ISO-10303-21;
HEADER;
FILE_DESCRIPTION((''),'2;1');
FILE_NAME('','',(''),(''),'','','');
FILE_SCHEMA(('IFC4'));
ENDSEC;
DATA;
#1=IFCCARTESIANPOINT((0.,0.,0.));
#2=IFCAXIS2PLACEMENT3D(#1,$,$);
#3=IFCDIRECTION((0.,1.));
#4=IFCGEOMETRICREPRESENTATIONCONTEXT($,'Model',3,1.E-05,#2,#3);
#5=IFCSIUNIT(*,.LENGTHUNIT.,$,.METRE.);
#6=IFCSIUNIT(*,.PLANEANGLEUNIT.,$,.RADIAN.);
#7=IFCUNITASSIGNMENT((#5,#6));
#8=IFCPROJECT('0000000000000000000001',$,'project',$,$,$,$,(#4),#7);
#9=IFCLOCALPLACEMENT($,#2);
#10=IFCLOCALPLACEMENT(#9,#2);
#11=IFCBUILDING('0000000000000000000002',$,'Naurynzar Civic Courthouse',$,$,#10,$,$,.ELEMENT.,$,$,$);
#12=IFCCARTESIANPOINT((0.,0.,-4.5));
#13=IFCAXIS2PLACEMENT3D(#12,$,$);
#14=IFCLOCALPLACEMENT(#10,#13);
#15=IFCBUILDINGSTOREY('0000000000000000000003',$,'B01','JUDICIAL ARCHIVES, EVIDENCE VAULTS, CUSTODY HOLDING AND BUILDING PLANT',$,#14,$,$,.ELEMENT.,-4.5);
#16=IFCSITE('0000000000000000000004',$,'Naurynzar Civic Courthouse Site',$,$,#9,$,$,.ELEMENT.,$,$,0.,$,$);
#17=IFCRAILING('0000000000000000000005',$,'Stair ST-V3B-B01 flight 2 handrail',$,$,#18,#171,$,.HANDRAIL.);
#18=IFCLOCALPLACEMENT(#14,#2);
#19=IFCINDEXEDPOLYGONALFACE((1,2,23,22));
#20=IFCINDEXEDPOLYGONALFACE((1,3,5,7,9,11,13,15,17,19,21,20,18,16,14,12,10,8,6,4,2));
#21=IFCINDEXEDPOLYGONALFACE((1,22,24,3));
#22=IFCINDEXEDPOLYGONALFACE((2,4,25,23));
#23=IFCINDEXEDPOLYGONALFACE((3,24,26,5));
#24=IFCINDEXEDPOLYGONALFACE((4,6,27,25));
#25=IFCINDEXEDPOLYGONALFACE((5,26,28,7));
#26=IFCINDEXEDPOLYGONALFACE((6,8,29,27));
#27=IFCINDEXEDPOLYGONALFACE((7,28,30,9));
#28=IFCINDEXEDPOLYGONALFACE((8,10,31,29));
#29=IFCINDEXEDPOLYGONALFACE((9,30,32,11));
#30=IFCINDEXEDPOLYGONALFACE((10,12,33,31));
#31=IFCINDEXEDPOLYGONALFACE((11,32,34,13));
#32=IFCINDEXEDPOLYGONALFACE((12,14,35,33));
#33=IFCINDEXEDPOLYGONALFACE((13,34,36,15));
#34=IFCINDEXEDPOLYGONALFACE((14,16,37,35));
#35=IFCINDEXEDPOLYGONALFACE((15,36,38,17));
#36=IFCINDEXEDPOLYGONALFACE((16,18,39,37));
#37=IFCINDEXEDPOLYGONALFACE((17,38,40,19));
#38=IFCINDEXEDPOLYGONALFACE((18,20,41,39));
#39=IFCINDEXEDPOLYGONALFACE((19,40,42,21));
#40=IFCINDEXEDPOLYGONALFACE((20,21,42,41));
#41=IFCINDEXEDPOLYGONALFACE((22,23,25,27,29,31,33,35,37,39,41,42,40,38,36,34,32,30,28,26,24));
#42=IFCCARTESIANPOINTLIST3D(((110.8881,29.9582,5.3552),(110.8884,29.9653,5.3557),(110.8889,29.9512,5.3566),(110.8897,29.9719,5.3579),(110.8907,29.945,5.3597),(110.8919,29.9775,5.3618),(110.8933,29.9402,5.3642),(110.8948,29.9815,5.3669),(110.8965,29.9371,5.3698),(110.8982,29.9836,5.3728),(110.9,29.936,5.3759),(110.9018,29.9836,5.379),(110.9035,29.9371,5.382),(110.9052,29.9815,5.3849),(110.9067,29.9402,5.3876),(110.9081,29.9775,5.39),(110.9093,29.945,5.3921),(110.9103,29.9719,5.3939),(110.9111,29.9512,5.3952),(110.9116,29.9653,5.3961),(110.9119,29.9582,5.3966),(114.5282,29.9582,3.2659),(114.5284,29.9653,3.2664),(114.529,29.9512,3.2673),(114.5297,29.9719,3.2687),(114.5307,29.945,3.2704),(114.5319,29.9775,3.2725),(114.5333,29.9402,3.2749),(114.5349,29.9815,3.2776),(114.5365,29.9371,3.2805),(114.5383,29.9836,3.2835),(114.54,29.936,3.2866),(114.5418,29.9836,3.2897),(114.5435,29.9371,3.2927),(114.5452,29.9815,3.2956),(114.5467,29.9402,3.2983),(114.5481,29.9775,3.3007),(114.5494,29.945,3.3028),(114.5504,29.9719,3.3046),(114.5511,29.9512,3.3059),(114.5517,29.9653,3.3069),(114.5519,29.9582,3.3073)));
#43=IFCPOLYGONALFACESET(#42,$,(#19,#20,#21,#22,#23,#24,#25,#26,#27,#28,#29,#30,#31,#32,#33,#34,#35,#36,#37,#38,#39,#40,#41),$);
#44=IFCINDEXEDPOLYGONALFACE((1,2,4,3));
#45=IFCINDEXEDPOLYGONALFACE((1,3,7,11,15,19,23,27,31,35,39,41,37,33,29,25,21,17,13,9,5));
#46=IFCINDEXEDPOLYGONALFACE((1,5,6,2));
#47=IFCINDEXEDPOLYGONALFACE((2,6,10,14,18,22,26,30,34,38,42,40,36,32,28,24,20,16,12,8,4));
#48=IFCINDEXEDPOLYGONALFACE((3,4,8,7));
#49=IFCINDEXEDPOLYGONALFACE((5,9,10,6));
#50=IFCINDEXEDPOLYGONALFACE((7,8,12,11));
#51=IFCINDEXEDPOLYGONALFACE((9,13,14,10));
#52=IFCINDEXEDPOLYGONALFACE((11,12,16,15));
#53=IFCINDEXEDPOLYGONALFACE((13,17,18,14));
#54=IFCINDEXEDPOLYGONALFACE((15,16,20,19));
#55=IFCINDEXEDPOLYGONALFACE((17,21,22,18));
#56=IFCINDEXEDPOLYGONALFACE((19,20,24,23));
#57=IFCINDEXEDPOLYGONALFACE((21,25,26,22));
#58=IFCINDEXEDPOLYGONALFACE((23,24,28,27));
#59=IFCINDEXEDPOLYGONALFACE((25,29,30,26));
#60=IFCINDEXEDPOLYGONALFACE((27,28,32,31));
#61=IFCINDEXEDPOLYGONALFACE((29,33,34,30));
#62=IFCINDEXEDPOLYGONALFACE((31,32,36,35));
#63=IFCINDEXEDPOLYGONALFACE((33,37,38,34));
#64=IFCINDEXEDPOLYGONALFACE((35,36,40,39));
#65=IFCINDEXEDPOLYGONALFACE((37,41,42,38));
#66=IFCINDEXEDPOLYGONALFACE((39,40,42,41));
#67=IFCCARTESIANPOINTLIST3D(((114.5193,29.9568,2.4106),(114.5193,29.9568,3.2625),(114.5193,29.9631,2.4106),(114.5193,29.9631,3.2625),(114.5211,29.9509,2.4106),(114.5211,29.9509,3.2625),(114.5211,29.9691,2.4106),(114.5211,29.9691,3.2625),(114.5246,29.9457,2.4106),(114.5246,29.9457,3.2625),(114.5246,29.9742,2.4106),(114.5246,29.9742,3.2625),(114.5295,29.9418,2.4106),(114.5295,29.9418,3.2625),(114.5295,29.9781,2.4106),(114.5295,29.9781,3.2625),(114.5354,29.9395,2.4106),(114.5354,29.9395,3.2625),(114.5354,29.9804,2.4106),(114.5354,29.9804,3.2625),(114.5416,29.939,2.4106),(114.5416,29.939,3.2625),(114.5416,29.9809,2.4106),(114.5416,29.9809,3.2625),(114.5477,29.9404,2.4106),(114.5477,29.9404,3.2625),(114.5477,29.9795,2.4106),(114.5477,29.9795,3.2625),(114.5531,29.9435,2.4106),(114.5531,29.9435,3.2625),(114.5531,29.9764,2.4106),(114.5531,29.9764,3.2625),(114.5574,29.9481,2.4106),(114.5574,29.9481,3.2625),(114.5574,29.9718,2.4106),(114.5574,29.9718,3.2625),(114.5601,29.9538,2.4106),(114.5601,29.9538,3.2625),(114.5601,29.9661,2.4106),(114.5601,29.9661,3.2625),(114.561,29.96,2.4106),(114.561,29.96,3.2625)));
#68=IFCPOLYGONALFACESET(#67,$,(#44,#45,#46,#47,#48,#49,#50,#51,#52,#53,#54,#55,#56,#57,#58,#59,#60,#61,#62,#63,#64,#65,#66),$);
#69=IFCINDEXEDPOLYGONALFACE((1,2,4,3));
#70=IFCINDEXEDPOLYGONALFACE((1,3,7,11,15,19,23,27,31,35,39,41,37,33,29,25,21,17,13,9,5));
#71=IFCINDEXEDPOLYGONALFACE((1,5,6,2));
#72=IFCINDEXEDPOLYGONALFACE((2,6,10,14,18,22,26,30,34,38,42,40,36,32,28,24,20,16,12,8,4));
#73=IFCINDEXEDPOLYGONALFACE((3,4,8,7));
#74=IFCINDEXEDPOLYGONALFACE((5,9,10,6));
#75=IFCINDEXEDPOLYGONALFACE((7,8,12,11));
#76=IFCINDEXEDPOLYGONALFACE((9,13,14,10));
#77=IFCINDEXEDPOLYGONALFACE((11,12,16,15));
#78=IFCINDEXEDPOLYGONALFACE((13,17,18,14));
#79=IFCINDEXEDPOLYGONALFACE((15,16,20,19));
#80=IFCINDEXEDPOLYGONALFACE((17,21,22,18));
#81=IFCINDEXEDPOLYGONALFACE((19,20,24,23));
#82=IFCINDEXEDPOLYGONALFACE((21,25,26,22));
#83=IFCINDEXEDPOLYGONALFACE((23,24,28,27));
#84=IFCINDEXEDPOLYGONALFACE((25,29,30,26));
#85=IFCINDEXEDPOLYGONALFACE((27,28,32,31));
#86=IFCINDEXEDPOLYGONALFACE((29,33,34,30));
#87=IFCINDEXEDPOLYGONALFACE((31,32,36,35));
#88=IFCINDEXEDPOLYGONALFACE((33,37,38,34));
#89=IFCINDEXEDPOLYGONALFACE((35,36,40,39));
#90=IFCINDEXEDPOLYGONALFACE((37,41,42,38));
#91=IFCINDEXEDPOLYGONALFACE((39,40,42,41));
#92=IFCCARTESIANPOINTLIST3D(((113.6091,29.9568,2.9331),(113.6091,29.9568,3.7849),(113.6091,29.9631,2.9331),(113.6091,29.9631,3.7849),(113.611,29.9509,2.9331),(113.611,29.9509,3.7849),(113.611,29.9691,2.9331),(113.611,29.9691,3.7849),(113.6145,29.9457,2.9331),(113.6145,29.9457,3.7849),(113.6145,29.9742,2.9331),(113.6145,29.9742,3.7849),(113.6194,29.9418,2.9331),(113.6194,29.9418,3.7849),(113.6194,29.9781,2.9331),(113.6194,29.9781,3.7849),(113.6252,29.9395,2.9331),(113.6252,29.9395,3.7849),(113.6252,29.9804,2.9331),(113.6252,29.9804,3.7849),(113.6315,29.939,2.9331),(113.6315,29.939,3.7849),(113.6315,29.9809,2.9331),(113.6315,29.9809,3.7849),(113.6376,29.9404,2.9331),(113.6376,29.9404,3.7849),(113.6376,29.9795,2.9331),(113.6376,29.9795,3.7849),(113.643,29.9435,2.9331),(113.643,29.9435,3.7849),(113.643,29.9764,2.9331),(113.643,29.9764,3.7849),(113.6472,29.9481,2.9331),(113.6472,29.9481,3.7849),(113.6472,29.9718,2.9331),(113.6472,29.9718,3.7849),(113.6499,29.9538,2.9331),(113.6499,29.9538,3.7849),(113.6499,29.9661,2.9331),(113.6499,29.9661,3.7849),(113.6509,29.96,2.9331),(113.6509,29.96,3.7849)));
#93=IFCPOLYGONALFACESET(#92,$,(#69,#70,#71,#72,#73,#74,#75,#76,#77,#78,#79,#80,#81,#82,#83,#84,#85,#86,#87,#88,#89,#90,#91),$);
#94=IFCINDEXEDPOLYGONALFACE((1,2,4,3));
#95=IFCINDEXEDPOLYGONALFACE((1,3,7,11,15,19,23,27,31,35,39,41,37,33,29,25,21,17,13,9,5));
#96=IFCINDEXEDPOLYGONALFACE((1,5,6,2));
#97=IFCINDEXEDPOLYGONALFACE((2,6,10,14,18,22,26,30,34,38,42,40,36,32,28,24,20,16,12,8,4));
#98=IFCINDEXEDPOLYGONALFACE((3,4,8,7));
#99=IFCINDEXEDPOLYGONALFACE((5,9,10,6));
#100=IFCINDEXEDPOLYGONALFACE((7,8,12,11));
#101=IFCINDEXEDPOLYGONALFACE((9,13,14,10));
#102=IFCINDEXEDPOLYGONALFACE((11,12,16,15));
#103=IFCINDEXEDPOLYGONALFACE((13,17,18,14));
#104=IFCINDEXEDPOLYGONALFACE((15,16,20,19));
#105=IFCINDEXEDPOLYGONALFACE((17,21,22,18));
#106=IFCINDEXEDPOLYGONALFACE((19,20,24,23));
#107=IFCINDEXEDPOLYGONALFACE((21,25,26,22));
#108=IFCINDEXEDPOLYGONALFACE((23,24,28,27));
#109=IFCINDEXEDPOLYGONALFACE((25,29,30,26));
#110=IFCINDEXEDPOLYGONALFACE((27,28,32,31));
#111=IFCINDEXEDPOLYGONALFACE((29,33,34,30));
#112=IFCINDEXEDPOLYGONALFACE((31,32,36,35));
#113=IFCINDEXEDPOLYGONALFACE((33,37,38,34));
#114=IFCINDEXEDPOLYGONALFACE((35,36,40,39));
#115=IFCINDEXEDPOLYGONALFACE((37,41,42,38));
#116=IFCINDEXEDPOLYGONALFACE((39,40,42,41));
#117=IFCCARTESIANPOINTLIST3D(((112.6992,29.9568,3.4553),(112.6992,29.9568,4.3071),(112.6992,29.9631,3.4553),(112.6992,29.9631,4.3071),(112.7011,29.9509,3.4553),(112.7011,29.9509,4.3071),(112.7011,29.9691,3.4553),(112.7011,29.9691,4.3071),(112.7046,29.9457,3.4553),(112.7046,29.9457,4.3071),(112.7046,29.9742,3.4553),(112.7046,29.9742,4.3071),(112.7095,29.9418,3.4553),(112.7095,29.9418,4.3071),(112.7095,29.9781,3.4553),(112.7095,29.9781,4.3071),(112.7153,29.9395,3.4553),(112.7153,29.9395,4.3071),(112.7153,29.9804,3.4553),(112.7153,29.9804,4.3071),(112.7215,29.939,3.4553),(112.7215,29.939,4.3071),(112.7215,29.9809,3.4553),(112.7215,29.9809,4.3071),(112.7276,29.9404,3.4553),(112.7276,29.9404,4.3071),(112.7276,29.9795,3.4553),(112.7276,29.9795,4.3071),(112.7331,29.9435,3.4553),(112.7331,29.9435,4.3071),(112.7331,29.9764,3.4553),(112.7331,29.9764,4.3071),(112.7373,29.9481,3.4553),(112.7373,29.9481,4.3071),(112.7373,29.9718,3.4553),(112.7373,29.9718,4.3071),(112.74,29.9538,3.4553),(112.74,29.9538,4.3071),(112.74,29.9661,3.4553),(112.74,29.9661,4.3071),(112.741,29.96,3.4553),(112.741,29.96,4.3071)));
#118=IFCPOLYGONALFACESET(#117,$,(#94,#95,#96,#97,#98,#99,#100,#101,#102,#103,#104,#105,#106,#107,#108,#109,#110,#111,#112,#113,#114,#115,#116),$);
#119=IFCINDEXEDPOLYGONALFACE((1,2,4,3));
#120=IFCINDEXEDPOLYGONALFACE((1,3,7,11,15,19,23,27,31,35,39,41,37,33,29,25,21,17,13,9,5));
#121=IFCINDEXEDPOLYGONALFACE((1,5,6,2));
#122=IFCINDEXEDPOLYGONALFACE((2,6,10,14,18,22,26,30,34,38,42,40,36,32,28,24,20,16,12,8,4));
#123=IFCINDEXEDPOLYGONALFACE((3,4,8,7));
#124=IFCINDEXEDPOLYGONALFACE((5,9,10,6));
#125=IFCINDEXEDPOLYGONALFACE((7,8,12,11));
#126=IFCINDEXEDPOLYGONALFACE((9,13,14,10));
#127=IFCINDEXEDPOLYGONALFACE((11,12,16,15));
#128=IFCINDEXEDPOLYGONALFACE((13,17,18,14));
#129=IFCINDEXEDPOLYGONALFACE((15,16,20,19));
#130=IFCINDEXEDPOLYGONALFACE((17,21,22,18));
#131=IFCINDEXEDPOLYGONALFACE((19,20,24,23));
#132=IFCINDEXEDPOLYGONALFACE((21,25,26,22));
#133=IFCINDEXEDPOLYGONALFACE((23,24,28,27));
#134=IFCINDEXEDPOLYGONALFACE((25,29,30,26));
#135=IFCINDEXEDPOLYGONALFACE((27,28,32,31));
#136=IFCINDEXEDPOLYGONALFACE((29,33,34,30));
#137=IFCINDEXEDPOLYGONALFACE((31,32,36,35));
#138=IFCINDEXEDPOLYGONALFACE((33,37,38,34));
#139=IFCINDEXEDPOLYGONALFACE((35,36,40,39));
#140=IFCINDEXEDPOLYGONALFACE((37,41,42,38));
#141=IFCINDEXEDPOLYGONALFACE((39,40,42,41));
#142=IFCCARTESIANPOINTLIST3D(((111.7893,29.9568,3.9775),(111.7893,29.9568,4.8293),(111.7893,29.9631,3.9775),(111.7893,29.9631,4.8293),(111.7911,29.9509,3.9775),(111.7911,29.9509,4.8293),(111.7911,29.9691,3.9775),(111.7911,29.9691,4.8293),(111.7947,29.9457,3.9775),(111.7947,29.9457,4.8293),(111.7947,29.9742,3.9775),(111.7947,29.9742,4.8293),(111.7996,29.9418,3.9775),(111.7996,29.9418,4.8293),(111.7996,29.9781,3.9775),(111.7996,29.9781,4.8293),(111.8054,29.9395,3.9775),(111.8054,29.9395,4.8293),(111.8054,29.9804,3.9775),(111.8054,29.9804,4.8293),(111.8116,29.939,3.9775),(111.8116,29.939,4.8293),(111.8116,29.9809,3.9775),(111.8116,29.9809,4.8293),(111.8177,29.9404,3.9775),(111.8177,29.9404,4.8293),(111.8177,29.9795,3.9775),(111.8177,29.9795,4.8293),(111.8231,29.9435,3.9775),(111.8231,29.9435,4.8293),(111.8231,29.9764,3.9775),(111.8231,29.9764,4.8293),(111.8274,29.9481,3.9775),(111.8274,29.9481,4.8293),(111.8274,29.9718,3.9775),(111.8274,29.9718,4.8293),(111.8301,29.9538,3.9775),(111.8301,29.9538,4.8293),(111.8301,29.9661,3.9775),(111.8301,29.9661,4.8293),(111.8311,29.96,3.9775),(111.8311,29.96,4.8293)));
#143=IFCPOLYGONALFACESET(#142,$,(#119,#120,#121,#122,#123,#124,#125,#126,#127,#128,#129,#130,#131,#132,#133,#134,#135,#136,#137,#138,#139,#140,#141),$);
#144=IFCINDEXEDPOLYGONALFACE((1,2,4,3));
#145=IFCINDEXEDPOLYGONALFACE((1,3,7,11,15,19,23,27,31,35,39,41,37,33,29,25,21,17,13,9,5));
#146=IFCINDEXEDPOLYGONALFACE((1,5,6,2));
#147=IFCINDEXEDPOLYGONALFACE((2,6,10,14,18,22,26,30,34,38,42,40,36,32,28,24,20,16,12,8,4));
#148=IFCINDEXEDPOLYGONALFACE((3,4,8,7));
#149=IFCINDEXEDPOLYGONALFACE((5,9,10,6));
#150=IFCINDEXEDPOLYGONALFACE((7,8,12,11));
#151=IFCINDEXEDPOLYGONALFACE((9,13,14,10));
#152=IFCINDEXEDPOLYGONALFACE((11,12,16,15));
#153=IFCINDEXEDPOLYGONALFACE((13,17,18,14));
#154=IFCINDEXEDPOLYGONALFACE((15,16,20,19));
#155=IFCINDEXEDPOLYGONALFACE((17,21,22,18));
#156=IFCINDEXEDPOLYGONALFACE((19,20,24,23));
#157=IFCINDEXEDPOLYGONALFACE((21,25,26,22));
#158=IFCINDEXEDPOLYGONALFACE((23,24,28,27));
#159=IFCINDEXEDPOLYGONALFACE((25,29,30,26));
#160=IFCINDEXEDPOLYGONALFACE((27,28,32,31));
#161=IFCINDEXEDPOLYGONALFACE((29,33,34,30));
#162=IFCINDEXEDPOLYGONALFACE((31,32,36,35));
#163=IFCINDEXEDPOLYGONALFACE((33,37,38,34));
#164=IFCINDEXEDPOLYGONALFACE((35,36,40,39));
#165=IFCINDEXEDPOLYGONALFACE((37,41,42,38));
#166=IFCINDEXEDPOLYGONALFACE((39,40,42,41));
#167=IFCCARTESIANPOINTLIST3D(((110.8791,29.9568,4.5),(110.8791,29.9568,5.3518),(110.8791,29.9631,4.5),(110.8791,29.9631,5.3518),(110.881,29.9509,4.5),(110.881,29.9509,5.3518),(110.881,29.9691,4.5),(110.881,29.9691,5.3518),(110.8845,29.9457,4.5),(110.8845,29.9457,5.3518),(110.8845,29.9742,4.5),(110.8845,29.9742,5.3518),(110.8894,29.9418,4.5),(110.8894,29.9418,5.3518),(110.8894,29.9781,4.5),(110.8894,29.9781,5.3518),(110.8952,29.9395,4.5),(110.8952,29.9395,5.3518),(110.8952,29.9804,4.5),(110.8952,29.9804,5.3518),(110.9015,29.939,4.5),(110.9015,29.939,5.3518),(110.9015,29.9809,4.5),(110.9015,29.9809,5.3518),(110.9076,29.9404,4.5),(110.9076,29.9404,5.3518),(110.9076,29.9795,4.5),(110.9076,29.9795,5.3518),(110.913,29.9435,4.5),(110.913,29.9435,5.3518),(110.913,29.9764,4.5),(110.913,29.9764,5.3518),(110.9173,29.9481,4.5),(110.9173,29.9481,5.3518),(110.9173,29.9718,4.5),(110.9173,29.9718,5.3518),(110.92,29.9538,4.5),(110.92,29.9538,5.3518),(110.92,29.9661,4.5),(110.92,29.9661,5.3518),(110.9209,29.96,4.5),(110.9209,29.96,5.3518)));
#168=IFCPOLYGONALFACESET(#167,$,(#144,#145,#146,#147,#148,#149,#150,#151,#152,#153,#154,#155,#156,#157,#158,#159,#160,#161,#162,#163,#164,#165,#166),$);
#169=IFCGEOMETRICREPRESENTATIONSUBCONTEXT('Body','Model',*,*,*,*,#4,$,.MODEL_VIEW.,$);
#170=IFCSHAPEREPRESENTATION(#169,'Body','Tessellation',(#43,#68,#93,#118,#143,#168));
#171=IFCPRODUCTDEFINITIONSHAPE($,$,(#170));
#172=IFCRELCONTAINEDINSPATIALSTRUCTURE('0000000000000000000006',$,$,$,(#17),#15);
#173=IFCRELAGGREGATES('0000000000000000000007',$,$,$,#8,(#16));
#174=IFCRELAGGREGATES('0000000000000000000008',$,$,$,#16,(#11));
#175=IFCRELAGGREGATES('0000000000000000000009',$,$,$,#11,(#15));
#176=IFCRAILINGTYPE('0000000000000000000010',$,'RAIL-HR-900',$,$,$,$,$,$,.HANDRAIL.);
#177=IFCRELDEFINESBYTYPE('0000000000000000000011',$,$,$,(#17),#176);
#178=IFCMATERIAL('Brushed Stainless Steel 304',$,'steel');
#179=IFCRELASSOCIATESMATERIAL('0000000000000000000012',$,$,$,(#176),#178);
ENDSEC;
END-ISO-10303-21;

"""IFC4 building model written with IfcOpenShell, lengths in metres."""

from ifc_helpers import new_model, si_unit, direction, frame, origin, origin_2d, place, context, subcontext, project, spatial, circle, extrude, material, type_object, element, save


model = new_model("IFC4")

# Units and contexts
model_context = context("Model", 3, precision=1e-05, world=origin(), true_north=direction((0.0, 1.0)))
body_context = subcontext(model_context, "Body", "Model", "MODEL_VIEW")
ifc_project = project(units=[si_unit("LENGTHUNIT", "METRE"), si_unit("PLANEANGLEUNIT", "RADIAN")], contexts=[model_context])

# Site, building, storey
site_placement = place(None, origin())
site = spatial("IfcSite", under=ifc_project, at=site_placement, Name="Naurynzar Civic Courthouse Site", CompositionType="ELEMENT", RefElevation=0.0)
building_placement = place(site_placement, origin())
building = spatial("IfcBuilding", under=site, at=building_placement, Name="Naurynzar Civic Courthouse", CompositionType="ELEMENT")
storey_placement = place(building_placement, frame((0.0, 0.0, -4.5)))
storey = spatial("IfcBuildingStorey", under=building, at=storey_placement, Name="B01", Description="JUDICIAL ARCHIVES, EVIDENCE VAULTS, CUSTODY HOLDING AND BUILDING PLANT", CompositionType="ELEMENT", Elevation=-4.5)

# Railing
ifc_material_1 = material(Name="Brushed Stainless Steel 304", Category="steel")
railing_type_1 = type_object("IfcRailingType", Name="RAIL-HR-900", PredefinedType="HANDRAIL", material=ifc_material_1)
railing_1_placement = place(storey_placement, frame((114.54, 29.96, 2.4106)))
element("IfcRailing", 1, at=railing_1_placement, inside=storey, type_object=railing_type_1, Name="Stair ST-V3B-B01 flight 2 handrail", PredefinedType="HANDRAIL", context=body_context, shape_type="SweptSolid", body=[
    extrude(circle(Radius=0.0239, at=origin_2d()), frame((0.0, 0.0, 0.876), z_axis=(-0.867289, 0.0, 0.497804), x_axis=(0.0, -1.0, 0.0)), (0.0, 0.0, 1.0), 4.197),
    extrude(circle(Radius=0.021, at=origin_2d()), origin(), (0.0, 0.0, 1.0), 0.8518),
    extrude(circle(Radius=0.021, at=origin_2d()), frame((-0.9102, 0.0, 0.5225)), (0.0, 0.0, 1.0), 0.8518),
    extrude(circle(Radius=0.021, at=origin_2d()), frame((-1.8201, 0.0, 1.0447)), (0.0, 0.0, 1.0), 0.8518),
    extrude(circle(Radius=0.021, at=origin_2d()), frame((-2.73, 0.0, 1.5669)), (0.0, 0.0, 1.0), 0.8518),
    extrude(circle(Radius=0.021, at=origin_2d()), frame((-3.6401, 0.0, 2.0894)), (0.0, 0.0, 1.0), 0.8518),
])

save(model, "model.ifc")
